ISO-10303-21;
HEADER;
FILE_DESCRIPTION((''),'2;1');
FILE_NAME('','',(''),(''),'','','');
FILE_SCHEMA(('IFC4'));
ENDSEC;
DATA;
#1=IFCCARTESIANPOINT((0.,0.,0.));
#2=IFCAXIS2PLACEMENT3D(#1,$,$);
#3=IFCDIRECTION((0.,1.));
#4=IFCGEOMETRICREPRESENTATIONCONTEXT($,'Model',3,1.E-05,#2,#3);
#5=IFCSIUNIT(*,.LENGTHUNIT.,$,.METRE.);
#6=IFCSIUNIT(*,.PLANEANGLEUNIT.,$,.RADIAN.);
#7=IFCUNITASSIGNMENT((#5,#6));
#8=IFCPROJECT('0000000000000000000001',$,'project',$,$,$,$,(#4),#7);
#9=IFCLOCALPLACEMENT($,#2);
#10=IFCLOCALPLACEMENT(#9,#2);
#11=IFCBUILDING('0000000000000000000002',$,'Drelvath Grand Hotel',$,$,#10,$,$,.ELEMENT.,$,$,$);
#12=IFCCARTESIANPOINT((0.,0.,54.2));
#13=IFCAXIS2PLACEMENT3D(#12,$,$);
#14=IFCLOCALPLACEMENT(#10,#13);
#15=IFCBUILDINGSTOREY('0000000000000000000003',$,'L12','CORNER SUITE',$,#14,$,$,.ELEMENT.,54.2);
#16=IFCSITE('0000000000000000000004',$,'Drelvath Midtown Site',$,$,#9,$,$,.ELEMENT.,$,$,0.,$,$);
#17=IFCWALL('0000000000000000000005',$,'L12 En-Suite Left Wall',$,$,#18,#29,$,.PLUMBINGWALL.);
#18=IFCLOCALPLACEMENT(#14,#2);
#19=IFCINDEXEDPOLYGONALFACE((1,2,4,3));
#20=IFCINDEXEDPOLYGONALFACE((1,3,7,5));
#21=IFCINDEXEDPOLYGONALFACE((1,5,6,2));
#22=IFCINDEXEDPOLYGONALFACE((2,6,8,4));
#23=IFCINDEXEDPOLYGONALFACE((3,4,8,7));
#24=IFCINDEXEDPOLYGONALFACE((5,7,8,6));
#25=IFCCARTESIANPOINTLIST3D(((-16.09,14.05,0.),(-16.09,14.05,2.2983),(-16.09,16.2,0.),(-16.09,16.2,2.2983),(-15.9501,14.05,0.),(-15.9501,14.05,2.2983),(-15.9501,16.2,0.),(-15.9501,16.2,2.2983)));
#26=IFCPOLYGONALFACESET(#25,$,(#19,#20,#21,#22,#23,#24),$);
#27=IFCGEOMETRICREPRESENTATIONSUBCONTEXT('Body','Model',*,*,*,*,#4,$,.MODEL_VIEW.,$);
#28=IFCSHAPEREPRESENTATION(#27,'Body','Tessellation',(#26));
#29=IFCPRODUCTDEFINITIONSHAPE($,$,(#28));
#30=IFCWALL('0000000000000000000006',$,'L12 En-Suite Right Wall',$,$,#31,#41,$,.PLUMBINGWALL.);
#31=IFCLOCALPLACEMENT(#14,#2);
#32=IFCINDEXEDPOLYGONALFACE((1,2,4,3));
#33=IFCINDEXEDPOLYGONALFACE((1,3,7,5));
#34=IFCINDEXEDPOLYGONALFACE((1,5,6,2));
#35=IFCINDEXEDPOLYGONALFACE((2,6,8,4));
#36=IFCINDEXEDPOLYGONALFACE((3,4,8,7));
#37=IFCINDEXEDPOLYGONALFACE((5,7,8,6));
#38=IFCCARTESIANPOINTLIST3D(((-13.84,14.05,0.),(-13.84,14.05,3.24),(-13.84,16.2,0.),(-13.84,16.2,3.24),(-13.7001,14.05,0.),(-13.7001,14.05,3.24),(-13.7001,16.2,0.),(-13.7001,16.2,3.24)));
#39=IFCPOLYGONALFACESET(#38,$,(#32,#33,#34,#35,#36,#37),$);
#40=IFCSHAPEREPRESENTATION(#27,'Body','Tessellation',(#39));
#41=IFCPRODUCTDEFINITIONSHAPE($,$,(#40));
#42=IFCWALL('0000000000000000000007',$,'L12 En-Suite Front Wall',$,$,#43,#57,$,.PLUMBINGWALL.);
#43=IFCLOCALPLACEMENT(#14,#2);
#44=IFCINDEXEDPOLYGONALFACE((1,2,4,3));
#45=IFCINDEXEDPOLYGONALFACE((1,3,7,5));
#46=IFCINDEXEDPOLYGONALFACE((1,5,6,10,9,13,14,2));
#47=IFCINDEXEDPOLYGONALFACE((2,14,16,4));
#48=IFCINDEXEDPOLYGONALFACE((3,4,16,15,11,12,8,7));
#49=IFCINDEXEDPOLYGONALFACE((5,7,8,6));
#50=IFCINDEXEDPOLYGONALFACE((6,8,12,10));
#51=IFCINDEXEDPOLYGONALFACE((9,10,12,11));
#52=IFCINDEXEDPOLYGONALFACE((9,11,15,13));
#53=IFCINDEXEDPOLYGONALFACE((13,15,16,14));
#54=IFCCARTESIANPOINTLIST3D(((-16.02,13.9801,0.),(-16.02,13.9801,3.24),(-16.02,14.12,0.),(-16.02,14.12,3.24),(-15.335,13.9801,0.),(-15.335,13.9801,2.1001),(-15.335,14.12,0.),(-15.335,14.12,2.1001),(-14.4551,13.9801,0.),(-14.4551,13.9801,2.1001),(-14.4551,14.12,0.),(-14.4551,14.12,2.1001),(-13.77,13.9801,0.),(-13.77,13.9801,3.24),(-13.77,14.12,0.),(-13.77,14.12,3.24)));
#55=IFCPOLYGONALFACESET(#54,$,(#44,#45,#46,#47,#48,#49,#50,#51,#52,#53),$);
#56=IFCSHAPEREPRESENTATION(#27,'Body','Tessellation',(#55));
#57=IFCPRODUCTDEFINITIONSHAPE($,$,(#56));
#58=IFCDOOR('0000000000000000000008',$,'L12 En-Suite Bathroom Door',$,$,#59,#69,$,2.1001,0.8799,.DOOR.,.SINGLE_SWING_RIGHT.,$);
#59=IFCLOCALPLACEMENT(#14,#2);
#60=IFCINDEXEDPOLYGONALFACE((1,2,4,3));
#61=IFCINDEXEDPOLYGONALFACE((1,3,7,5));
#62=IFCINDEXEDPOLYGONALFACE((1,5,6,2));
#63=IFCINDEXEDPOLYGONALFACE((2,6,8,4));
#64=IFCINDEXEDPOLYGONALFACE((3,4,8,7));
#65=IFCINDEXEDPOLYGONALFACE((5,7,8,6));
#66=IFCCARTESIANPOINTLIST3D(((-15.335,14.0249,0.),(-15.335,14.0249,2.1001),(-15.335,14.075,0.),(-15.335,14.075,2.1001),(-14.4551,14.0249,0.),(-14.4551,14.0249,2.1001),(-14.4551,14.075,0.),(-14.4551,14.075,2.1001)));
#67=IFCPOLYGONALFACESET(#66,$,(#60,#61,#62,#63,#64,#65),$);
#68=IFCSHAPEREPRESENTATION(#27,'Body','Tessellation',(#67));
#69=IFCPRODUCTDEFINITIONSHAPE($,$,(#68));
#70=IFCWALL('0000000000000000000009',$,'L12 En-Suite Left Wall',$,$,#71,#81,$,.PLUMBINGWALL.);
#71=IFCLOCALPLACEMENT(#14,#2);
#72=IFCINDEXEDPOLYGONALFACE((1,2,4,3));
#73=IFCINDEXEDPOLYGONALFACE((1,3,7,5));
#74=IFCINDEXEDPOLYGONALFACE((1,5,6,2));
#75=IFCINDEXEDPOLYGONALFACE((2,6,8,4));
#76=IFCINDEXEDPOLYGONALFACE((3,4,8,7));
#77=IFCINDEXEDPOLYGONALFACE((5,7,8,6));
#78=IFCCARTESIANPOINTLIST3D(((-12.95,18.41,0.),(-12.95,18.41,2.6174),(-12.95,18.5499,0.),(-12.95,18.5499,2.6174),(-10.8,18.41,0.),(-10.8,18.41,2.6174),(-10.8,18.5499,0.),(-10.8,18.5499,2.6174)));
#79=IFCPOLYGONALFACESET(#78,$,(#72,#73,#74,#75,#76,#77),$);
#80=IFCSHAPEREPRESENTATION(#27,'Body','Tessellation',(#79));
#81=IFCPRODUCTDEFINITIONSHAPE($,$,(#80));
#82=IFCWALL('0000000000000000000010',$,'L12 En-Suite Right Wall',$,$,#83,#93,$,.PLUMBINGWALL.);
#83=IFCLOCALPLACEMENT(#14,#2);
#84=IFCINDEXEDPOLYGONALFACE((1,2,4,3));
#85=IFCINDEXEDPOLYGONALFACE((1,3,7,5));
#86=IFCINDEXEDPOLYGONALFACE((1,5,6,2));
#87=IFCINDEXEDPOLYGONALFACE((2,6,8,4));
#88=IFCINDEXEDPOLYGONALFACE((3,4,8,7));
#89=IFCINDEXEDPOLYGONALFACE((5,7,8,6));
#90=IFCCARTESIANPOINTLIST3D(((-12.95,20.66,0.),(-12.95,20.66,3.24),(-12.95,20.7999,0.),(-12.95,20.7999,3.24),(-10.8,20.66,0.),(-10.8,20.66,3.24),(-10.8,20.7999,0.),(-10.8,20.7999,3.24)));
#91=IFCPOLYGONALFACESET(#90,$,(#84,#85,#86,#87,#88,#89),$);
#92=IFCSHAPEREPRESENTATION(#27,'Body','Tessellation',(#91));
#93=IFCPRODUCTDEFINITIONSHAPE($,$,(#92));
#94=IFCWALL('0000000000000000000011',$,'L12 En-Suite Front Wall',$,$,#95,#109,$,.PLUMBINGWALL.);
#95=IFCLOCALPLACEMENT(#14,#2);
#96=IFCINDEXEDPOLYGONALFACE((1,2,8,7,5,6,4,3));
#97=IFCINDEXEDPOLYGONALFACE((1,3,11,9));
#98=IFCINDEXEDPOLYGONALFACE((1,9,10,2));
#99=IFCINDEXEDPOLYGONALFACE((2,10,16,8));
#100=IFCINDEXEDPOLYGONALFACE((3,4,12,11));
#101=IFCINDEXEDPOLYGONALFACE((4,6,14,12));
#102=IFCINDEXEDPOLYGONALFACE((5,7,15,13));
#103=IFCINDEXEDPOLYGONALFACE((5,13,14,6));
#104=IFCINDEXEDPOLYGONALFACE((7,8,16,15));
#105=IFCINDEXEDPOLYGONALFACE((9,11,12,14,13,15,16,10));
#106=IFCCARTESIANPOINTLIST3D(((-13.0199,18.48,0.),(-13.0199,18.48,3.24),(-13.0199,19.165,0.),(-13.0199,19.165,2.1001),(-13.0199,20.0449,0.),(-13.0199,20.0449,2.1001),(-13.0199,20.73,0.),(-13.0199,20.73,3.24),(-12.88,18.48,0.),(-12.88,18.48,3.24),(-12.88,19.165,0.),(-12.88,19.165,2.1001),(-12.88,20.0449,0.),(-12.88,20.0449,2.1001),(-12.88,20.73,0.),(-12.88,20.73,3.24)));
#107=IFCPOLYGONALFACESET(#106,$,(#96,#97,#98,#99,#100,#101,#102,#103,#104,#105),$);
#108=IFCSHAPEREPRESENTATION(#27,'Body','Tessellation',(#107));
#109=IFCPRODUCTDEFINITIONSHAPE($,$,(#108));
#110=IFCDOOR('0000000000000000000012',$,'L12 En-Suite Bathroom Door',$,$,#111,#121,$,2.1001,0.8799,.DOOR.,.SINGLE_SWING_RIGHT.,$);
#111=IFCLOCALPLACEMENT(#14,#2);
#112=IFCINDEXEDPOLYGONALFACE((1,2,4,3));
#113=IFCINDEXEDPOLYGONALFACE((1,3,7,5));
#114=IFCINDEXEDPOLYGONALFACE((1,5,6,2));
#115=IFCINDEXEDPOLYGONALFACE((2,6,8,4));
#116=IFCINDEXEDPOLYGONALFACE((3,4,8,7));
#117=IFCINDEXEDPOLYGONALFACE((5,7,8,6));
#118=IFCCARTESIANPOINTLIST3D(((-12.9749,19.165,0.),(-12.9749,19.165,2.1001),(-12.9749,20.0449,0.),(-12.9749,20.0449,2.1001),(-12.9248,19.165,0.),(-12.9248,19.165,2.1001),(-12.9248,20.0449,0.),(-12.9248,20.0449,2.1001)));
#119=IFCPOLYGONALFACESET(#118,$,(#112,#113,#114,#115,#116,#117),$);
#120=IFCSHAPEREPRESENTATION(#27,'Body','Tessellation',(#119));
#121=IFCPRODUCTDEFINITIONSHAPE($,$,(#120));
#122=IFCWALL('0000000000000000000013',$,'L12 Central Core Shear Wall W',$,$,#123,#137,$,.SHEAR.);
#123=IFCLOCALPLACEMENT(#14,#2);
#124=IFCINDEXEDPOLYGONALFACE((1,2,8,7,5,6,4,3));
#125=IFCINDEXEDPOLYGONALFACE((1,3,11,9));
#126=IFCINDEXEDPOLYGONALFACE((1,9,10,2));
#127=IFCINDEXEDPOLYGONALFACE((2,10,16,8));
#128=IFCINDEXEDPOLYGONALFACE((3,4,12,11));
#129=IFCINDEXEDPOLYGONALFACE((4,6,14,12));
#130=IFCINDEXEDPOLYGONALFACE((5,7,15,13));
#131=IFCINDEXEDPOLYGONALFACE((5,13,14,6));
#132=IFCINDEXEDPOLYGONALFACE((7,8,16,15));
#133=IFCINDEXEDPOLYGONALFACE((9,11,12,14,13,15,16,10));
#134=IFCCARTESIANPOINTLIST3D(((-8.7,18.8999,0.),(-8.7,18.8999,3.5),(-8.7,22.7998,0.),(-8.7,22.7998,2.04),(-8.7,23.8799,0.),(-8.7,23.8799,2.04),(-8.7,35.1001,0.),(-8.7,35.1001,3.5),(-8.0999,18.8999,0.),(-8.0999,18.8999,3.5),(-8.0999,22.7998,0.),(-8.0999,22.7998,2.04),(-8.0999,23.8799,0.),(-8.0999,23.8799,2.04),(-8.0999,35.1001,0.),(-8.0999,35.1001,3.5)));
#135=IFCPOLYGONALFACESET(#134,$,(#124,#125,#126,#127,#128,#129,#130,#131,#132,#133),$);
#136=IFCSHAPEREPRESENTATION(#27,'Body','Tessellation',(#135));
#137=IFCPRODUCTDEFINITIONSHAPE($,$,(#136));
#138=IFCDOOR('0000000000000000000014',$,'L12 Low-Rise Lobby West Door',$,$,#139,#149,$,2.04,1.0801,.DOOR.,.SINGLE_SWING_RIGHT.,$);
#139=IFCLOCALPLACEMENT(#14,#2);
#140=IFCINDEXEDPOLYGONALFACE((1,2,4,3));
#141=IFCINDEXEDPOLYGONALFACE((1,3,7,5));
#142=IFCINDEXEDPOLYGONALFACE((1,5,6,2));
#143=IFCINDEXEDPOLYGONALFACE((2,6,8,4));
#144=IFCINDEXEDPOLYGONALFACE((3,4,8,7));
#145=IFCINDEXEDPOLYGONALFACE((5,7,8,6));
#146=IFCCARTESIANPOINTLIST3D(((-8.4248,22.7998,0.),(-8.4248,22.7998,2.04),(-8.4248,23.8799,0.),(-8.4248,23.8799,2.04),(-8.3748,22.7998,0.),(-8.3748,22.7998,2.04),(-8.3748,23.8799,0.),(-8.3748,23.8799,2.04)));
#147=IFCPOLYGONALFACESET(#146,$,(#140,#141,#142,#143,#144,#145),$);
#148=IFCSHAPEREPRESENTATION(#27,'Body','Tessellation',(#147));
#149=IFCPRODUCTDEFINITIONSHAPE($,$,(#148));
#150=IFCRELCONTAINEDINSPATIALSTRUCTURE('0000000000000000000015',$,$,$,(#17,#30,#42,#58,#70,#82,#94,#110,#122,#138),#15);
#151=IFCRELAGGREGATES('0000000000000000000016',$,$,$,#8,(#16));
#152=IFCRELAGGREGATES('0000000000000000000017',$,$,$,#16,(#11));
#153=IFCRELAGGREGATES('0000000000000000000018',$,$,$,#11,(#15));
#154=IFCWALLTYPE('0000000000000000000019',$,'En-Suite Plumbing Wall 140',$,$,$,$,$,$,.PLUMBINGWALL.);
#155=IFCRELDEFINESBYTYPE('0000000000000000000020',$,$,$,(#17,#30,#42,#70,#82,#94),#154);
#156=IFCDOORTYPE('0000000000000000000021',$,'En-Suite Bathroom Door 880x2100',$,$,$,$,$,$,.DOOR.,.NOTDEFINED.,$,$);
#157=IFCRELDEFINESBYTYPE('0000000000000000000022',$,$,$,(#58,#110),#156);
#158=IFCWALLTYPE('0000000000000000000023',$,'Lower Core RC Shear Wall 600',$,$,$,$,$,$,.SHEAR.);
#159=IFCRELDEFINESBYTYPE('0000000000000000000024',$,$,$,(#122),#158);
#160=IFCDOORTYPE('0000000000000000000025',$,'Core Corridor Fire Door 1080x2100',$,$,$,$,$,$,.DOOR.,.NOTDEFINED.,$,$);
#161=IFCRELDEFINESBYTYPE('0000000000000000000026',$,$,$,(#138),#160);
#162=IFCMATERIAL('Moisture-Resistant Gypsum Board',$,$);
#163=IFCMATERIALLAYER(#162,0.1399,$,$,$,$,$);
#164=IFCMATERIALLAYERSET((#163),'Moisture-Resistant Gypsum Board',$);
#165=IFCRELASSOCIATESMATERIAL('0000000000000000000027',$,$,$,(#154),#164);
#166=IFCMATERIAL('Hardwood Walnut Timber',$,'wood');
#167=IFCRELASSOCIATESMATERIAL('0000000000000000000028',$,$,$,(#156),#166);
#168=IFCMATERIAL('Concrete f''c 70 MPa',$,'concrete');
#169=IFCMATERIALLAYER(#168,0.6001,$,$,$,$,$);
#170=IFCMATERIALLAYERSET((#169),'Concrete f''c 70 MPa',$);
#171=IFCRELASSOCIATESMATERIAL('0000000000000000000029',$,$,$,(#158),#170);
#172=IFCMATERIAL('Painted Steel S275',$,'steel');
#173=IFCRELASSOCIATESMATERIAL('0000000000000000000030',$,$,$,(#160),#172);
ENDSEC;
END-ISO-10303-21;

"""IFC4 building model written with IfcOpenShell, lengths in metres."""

from ifc_helpers import new_model, si_unit, direction, frame, frame_2d, origin, place, context, subcontext, project, spatial, rectangle, extrude, material, layer, layer_set, type_object, element, fill, save


model = new_model("IFC4")

# Units and contexts
model_context = context("Model", 3, precision=1e-05, world=origin(), true_north=direction((0.0, 1.0)))
body_context = subcontext(model_context, "Body", "Model", "MODEL_VIEW")
ifc_project = project(units=[si_unit("LENGTHUNIT", "METRE"), si_unit("PLANEANGLEUNIT", "RADIAN")], contexts=[model_context])

# Site, building, storey
site_placement = place(None, origin())
site = spatial("IfcSite", under=ifc_project, at=site_placement, Name="Drelvath Midtown Site", CompositionType="ELEMENT", RefElevation=0.0)
building_placement = place(site_placement, origin())
building = spatial("IfcBuilding", under=site, at=building_placement, Name="Drelvath Grand Hotel", CompositionType="ELEMENT")
storey_placement = place(building_placement, frame((0.0, 0.0, 54.2)))
storey = spatial("IfcBuildingStorey", under=building, at=storey_placement, Name="L12", Description="CORNER SUITE", CompositionType="ELEMENT", Elevation=54.2)

# Shared definitions
ifc_material_1 = material(Name="Concrete f'c 70 MPa", Category="concrete")

# Shared definitions
ifc_material_2 = material(Name="Painted Steel S275", Category="steel")

# Shared definitions
ifc_material_3 = material(Name="Hardwood Walnut Timber", Category="wood")

# Walls
ifc_material_4 = material(Name="Moisture-Resistant Gypsum Board")
ifc_layer_1 = layer(ifc_material_4, 0.1399)
ifc_layer_set_1 = layer_set([ifc_layer_1], Name="Moisture-Resistant Gypsum Board")
wall_type_1 = type_object("IfcWallType", Name="En-Suite Plumbing Wall 140", PredefinedType="PLUMBINGWALL", material=ifc_layer_set_1)
wall_1_placement = place(storey_placement, frame((-16.02, 16.2, 0.0), z_axis=(0.0, 0.0, 1.0), x_axis=(0.0, -1.0, 0.0)))
element("IfcWall", 1, at=wall_1_placement, inside=storey, type_object=wall_type_1, Name="L12 En-Suite Left Wall", PredefinedType="PLUMBINGWALL", context=body_context, shape_type="SweptSolid", body=[
    extrude(rectangle(XDim=2.1499, YDim=0.1399, at=frame_2d((1.075, 0.0))), origin(), (0.0, 0.0, 1.0), 2.2983),
])
wall_2_placement = place(storey_placement, frame((-13.77, 16.2, 0.0), z_axis=(0.0, 0.0, 1.0), x_axis=(0.0, -1.0, 0.0)))
element("IfcWall", 2, at=wall_2_placement, inside=storey, type_object=wall_type_1, Name="L12 En-Suite Right Wall", PredefinedType="PLUMBINGWALL", context=body_context, shape_type="SweptSolid", body=[
    extrude(rectangle(XDim=2.1499, YDim=0.1399, at=frame_2d((1.075, 0.0))), origin(), (0.0, 0.0, 1.0), 3.24),
])

# Wall, opening, door
wall_3_placement = place(storey_placement, frame((-16.02, 14.05, 0.0), z_axis=(0.0, 0.0, 1.0), x_axis=(1.0, 0.0, 0.0)))
wall_3 = element("IfcWall", 3, at=wall_3_placement, inside=storey, type_object=wall_type_1, Name="L12 En-Suite Front Wall", PredefinedType="PLUMBINGWALL", context=body_context, shape_type="SweptSolid", body=[
    extrude(rectangle(XDim=2.25, YDim=0.1399, at=frame_2d((1.125, 0.0))), origin(), (0.0, 0.0, 1.0), 3.24),
])
opening_1_placement = place(wall_3_placement, frame((0.6851, 0.0, 0.0)))
opening_1 = element("IfcOpeningElement", 4, at=opening_1_placement, cuts=wall_3, PredefinedType="OPENING", context=body_context, shape_type="SweptSolid", body=[
    extrude(rectangle(XDim=0.8799, YDim=2.1001, at=frame_2d((0.4399, 1.05))), frame((0.0, 0.0798, 0.0), z_axis=(0.0, -1.0, 0.0), x_axis=(1.0, 0.0, 0.0)), (0.0, 0.0, 1.0), 0.1599),
])
door_type_1 = type_object("IfcDoorType", Name="En-Suite Bathroom Door 880x2100", OperationType="NOTDEFINED", PredefinedType="DOOR", material=ifc_material_3)
door_1_placement = place(opening_1_placement, origin())
door_1 = element("IfcDoor", 5, at=door_1_placement, inside=storey, type_object=door_type_1, Name="L12 En-Suite Bathroom Door", OperationType="SINGLE_SWING_RIGHT", OverallHeight=2.1001, OverallWidth=0.8799, PredefinedType="DOOR", context=body_context, shape_type="SweptSolid", body=[
    extrude(rectangle(XDim=0.8799, YDim=2.1001, at=frame_2d((0.4399, 1.05))), frame((0.0, 0.0249, 0.0), z_axis=(0.0, -1.0, 0.0), x_axis=(1.0, 0.0, 0.0)), (0.0, 0.0, 1.0), 0.05),
])
fill(opening_1, door_1)

# Walls
wall_4_placement = place(storey_placement, frame((-10.8, 18.48, 0.0), z_axis=(0.0, 0.0, 1.0), x_axis=(-1.0, 0.0, 0.0)))
element("IfcWall", 6, at=wall_4_placement, inside=storey, type_object=wall_type_1, Name="L12 En-Suite Left Wall", PredefinedType="PLUMBINGWALL", context=body_context, shape_type="SweptSolid", body=[
    extrude(rectangle(XDim=2.1499, YDim=0.1399, at=frame_2d((1.075, 0.0))), origin(), (0.0, 0.0, 1.0), 2.6174),
])
wall_5_placement = place(storey_placement, frame((-10.8, 20.73, 0.0), z_axis=(0.0, 0.0, 1.0), x_axis=(-1.0, 0.0, 0.0)))
element("IfcWall", 7, at=wall_5_placement, inside=storey, type_object=wall_type_1, Name="L12 En-Suite Right Wall", PredefinedType="PLUMBINGWALL", context=body_context, shape_type="SweptSolid", body=[
    extrude(rectangle(XDim=2.1499, YDim=0.1399, at=frame_2d((1.075, 0.0))), origin(), (0.0, 0.0, 1.0), 3.24),
])

# Walls, openings, doors
wall_6_placement = place(storey_placement, frame((-12.95, 18.48, 0.0), z_axis=(0.0, 0.0, 1.0), x_axis=(0.0, 1.0, 0.0)))
wall_6 = element("IfcWall", 8, at=wall_6_placement, inside=storey, type_object=wall_type_1, Name="L12 En-Suite Front Wall", PredefinedType="PLUMBINGWALL", context=body_context, shape_type="SweptSolid", body=[
    extrude(rectangle(XDim=2.25, YDim=0.1399, at=frame_2d((1.125, 0.0))), origin(), (0.0, 0.0, 1.0), 3.24),
])
opening_2_placement = place(wall_6_placement, frame((0.6851, 0.0, 0.0)))
opening_2 = element("IfcOpeningElement", 9, at=opening_2_placement, cuts=wall_6, PredefinedType="OPENING", context=body_context, shape_type="SweptSolid", body=[
    extrude(rectangle(XDim=0.8799, YDim=2.1001, at=frame_2d((0.4399, 1.05))), frame((0.0, 0.0798, 0.0), z_axis=(0.0, -1.0, 0.0), x_axis=(1.0, 0.0, 0.0)), (0.0, 0.0, 1.0), 0.1599),
])
door_2_placement = place(opening_2_placement, origin())
door_2 = element("IfcDoor", 10, at=door_2_placement, inside=storey, type_object=door_type_1, Name="L12 En-Suite Bathroom Door", OperationType="SINGLE_SWING_RIGHT", OverallHeight=2.1001, OverallWidth=0.8799, PredefinedType="DOOR", context=body_context, shape_type="SweptSolid", body=[
    extrude(rectangle(XDim=0.8799, YDim=2.1001, at=frame_2d((0.4399, 1.05))), frame((0.0, 0.0249, 0.0), z_axis=(0.0, -1.0, 0.0), x_axis=(1.0, 0.0, 0.0)), (0.0, 0.0, 1.0), 0.05),
])
fill(opening_2, door_2)
ifc_layer_2 = layer(ifc_material_1, 0.6001)
ifc_layer_set_2 = layer_set([ifc_layer_2], Name="Concrete f'c 70 MPa")
wall_type_2 = type_object("IfcWallType", Name="Lower Core RC Shear Wall 600", PredefinedType="SHEAR", material=ifc_layer_set_2)
wall_7_placement = place(storey_placement, frame((-8.3999, 18.8999, 0.0), z_axis=(0.0, 0.0, 1.0), x_axis=(0.0, 1.0, 0.0)))
wall_7 = element("IfcWall", 11, at=wall_7_placement, inside=storey, type_object=wall_type_2, Name="L12 Central Core Shear Wall W", PredefinedType="SHEAR", context=body_context, shape_type="SweptSolid", body=[
    extrude(rectangle(XDim=16.2002, YDim=0.6001, at=frame_2d((8.1001, 0.0))), origin(), (0.0, 0.0, 1.0), 3.5),
])
opening_3_placement = place(wall_7_placement, frame((3.8999, 0.0, 0.0)))
opening_3 = element("IfcOpeningElement", 12, at=opening_3_placement, cuts=wall_7, PredefinedType="OPENING", context=body_context, shape_type="SweptSolid", body=[
    extrude(rectangle(XDim=1.0801, YDim=2.04, at=frame_2d((0.54, 1.02))), frame((0.0, 0.3101, 0.0), z_axis=(0.0, -1.0, 0.0), x_axis=(1.0, 0.0, 0.0)), (0.0, 0.0, 1.0), 0.6201),
])
door_type_2 = type_object("IfcDoorType", Name="Core Corridor Fire Door 1080x2100", OperationType="NOTDEFINED", PredefinedType="DOOR", material=ifc_material_2)
door_3_placement = place(opening_3_placement, origin())
door_3 = element("IfcDoor", 13, at=door_3_placement, inside=storey, type_object=door_type_2, Name="L12 Low-Rise Lobby West Door", OperationType="SINGLE_SWING_RIGHT", OverallHeight=2.04, OverallWidth=1.0801, PredefinedType="DOOR", context=body_context, shape_type="SweptSolid", body=[
    extrude(rectangle(XDim=1.0801, YDim=2.04, at=frame_2d((0.54, 1.02))), frame((0.0, 0.0249, 0.0), z_axis=(0.0, -1.0, 0.0), x_axis=(1.0, 0.0, 0.0)), (0.0, 0.0, 1.0), 0.05),
])
fill(opening_3, door_3)

save(model, "model.ifc")
